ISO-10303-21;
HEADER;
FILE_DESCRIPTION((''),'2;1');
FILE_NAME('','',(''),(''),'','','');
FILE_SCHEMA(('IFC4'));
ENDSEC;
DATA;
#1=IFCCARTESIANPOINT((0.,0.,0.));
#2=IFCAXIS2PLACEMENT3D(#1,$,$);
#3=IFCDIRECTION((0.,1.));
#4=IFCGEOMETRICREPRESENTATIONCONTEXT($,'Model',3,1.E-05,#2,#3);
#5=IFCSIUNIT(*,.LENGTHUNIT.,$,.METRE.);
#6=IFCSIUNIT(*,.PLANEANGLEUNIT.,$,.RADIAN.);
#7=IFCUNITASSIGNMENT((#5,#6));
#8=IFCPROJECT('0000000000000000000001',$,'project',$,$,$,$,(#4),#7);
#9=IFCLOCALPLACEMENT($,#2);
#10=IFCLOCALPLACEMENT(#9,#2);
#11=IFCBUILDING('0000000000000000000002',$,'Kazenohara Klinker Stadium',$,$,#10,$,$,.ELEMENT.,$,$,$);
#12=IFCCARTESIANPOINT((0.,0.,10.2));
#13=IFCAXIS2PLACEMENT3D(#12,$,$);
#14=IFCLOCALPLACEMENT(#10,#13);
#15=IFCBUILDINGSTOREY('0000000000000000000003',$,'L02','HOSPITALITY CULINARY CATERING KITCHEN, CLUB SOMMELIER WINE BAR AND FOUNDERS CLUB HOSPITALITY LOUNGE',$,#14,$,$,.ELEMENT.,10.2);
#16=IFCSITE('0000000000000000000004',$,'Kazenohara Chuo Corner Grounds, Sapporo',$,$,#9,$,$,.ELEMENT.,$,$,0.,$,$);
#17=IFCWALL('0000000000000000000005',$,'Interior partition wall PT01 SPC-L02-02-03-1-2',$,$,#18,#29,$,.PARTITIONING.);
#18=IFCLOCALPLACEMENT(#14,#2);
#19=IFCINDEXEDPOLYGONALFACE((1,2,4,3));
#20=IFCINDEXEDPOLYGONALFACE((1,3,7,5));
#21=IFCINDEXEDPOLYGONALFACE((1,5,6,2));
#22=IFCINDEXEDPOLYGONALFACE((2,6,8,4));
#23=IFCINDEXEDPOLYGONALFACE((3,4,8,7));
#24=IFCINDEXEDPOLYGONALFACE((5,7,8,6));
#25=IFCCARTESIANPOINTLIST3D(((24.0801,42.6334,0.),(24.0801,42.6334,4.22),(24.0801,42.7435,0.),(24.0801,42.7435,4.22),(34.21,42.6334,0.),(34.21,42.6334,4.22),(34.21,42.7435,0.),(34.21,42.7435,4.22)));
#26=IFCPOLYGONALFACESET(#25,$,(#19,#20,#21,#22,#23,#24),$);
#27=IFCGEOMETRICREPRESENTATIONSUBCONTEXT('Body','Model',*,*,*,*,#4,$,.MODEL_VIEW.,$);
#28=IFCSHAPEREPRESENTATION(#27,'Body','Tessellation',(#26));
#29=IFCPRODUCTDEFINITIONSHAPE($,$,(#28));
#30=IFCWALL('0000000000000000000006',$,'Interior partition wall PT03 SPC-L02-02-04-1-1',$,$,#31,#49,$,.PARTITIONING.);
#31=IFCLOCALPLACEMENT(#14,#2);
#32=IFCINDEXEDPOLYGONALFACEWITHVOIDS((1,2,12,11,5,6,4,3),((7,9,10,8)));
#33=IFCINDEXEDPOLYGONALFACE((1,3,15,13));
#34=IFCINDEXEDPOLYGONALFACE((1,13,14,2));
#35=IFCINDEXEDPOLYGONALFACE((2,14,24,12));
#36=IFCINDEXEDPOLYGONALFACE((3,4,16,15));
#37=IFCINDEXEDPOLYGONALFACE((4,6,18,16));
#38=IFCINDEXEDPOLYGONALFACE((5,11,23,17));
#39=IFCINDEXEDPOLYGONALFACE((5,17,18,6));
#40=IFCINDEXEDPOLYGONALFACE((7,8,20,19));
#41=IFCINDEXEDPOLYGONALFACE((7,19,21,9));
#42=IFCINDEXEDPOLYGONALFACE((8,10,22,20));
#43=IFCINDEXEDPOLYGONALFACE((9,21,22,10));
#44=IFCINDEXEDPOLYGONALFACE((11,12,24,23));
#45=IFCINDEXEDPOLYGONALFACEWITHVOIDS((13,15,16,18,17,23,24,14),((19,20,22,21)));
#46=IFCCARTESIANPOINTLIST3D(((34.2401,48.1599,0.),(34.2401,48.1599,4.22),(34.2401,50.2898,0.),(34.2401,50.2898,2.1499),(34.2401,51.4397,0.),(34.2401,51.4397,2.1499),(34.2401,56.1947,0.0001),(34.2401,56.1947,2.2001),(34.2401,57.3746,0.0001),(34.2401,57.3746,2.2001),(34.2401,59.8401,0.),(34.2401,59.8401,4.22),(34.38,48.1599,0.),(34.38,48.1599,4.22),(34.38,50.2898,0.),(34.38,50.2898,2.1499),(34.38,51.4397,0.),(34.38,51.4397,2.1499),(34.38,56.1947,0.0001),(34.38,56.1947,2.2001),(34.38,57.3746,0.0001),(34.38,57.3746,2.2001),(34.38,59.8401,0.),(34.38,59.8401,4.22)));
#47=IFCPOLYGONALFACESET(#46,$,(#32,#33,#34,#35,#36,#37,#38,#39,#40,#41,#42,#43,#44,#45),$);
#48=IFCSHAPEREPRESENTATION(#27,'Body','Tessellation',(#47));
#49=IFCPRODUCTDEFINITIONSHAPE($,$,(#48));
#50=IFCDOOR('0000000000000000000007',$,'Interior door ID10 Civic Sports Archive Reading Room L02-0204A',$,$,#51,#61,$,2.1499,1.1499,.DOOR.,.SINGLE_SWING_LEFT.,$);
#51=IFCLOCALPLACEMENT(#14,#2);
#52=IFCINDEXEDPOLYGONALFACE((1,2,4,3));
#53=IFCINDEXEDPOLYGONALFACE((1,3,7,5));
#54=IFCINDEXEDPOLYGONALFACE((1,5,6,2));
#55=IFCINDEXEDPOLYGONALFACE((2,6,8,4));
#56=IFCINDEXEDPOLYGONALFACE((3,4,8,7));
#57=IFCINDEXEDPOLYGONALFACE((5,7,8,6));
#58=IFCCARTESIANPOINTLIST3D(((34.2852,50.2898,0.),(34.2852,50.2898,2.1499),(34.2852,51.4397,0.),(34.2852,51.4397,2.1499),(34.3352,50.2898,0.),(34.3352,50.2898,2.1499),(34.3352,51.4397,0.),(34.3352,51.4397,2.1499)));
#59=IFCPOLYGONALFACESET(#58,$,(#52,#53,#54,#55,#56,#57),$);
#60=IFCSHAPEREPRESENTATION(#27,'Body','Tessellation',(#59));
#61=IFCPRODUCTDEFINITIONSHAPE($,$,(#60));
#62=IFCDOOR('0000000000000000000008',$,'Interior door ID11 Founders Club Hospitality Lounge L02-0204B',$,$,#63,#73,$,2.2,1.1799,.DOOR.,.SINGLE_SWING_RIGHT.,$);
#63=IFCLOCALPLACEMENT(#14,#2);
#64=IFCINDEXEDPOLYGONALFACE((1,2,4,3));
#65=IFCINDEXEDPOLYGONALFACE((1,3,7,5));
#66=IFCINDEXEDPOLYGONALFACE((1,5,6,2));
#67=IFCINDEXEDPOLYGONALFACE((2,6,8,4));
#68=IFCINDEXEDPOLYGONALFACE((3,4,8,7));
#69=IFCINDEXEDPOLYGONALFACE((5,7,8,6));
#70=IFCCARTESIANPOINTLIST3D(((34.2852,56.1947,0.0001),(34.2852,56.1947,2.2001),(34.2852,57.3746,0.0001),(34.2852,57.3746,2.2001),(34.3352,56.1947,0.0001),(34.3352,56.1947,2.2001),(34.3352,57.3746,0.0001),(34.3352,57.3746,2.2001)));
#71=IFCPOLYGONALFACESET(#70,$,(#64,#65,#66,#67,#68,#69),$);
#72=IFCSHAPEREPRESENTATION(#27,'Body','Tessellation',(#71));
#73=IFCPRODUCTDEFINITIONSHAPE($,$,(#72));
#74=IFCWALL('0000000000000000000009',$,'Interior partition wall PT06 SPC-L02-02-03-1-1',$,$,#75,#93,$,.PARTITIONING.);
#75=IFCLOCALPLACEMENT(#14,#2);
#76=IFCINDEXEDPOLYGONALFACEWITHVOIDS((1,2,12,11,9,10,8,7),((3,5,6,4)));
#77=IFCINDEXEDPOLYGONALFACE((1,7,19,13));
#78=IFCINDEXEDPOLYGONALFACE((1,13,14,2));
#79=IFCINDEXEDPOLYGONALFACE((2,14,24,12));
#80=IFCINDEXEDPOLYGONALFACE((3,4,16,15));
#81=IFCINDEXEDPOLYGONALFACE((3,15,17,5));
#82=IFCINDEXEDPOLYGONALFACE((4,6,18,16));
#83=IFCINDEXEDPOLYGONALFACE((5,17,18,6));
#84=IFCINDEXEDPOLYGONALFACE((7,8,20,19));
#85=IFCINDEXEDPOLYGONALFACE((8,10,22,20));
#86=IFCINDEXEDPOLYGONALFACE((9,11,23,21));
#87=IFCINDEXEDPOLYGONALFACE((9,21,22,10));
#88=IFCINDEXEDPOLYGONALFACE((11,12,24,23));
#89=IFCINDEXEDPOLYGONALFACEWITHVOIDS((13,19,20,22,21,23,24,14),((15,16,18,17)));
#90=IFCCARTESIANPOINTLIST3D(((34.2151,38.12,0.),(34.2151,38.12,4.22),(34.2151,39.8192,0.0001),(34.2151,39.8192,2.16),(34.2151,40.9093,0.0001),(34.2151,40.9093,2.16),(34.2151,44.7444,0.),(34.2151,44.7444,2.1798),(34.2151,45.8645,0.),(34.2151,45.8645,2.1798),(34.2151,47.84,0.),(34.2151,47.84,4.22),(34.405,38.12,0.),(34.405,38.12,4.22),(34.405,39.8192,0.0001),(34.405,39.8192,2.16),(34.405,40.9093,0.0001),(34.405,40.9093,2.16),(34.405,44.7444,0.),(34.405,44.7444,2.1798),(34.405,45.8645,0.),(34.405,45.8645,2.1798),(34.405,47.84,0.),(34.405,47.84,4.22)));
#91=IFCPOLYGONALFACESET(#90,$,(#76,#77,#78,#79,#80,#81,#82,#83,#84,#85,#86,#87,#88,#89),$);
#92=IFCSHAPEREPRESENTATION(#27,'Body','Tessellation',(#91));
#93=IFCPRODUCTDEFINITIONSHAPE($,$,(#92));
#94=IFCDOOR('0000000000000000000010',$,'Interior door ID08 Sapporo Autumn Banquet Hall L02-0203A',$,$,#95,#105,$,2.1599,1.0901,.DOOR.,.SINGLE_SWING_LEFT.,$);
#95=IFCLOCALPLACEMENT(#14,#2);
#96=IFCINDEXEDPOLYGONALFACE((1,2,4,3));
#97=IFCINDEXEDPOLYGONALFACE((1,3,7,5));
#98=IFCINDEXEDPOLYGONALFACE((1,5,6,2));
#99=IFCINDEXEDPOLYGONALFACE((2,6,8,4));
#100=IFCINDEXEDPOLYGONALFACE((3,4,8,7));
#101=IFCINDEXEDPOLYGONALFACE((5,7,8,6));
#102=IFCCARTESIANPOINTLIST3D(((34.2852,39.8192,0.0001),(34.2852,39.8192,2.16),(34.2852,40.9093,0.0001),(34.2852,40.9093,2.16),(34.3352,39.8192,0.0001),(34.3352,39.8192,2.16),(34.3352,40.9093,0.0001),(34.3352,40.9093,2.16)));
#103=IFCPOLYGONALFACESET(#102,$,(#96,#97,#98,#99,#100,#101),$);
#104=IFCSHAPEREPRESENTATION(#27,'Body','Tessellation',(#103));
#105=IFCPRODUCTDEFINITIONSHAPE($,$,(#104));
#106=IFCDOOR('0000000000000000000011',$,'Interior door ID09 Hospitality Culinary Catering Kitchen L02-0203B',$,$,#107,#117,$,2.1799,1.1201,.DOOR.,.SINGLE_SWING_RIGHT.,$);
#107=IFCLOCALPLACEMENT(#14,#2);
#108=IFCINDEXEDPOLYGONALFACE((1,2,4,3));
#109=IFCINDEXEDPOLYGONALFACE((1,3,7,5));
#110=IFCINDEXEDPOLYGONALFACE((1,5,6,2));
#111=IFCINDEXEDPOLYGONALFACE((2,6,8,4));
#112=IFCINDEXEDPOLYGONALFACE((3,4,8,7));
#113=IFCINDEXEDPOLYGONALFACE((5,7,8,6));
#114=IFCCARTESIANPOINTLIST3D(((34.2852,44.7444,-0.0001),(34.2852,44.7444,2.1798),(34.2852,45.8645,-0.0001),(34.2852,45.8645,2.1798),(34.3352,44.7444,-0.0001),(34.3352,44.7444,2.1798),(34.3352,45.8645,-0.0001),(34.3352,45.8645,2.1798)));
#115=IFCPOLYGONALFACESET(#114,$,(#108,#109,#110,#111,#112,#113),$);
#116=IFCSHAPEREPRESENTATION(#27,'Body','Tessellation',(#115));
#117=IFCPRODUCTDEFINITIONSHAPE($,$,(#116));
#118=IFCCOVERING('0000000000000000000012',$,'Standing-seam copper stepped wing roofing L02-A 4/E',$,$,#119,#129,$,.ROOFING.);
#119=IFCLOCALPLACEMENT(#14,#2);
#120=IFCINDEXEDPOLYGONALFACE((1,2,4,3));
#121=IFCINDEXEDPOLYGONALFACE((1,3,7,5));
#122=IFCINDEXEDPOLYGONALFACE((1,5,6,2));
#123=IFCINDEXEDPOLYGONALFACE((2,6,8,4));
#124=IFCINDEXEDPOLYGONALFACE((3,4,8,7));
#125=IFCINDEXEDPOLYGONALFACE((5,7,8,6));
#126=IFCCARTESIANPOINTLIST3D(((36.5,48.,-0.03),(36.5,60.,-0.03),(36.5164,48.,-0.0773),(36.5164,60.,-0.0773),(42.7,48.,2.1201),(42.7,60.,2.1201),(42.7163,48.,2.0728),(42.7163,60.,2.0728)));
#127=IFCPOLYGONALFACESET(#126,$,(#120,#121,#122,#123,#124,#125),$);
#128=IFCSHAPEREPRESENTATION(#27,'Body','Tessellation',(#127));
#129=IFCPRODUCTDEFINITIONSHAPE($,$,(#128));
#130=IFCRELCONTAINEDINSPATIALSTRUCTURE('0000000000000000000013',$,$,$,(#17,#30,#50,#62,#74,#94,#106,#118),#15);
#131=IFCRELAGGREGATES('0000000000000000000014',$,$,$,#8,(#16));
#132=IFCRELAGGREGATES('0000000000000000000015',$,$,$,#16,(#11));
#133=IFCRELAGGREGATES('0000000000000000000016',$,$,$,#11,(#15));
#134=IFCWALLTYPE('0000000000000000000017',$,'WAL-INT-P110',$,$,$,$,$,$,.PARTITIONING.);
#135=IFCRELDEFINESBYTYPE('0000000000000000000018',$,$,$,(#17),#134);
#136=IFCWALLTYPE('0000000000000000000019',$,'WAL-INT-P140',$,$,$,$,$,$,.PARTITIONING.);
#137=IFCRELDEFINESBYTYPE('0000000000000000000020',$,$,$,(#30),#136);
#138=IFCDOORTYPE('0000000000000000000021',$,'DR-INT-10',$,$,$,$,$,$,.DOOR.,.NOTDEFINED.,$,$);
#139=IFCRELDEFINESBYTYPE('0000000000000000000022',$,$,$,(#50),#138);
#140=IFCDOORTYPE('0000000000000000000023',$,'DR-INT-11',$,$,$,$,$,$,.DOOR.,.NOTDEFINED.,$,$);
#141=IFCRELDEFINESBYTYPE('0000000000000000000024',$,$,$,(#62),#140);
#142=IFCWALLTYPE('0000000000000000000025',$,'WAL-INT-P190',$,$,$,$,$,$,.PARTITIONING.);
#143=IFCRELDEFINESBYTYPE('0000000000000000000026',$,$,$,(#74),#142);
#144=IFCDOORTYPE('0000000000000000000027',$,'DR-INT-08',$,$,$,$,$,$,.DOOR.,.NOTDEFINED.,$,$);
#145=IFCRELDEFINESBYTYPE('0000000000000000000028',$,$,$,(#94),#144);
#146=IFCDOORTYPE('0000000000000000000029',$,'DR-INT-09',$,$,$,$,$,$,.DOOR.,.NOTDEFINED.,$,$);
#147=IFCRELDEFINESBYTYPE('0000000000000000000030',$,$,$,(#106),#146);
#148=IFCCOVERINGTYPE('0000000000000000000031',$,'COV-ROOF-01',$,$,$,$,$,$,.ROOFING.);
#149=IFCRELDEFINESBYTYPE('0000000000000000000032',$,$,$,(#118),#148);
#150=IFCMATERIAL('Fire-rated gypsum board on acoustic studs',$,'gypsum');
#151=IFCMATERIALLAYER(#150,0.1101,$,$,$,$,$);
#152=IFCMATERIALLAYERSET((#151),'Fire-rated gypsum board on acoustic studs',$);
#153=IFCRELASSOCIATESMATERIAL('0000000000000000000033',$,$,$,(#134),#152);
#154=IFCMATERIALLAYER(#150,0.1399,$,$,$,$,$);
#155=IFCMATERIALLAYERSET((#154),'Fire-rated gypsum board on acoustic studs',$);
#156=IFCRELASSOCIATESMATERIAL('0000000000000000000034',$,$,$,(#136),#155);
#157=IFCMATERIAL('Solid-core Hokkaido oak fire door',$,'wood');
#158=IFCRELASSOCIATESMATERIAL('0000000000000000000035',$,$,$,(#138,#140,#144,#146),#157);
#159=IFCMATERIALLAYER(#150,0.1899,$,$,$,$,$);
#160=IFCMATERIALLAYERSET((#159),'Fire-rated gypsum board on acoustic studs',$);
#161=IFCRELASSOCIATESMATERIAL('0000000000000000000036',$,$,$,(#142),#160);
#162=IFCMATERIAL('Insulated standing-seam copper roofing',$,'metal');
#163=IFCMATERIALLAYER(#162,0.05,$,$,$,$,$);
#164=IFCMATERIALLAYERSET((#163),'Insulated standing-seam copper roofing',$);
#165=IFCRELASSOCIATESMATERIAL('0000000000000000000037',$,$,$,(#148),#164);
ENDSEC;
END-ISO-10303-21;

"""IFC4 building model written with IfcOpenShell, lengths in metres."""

from ifc_helpers import new_model, si_unit, direction, frame, frame_2d, origin, place, context, subcontext, project, spatial, polyline, rectangle, outline, extrude, material, layer, layer_set, type_object, element, fill, save


model = new_model("IFC4")

# Units and contexts
model_context = context("Model", 3, precision=1e-05, world=origin(), true_north=direction((0.0, 1.0)))
body_context = subcontext(model_context, "Body", "Model", "MODEL_VIEW")
ifc_project = project(units=[si_unit("LENGTHUNIT", "METRE"), si_unit("PLANEANGLEUNIT", "RADIAN")], contexts=[model_context])

# Site, building, storey
site_placement = place(None, origin())
site = spatial("IfcSite", under=ifc_project, at=site_placement, Name="Kazenohara Chuo Corner Grounds, Sapporo", CompositionType="ELEMENT", RefElevation=0.0)
building_placement = place(site_placement, origin())
building = spatial("IfcBuilding", under=site, at=building_placement, Name="Kazenohara Klinker Stadium", CompositionType="ELEMENT")
storey_placement = place(building_placement, frame((0.0, 0.0, 10.2)))
storey = spatial("IfcBuildingStorey", under=building, at=storey_placement, Name="L02", Description="HOSPITALITY CULINARY CATERING KITCHEN, CLUB SOMMELIER WINE BAR AND FOUNDERS CLUB HOSPITALITY LOUNGE", CompositionType="ELEMENT", Elevation=10.2)

# Wall
ifc_material_1 = material(Name="Fire-rated gypsum board on acoustic studs", Category="gypsum")
ifc_layer_1 = layer(ifc_material_1, 0.1101)
ifc_layer_set_1 = layer_set([ifc_layer_1], Name="Fire-rated gypsum board on acoustic studs")
wall_type_1 = type_object("IfcWallType", Name="WAL-INT-P110", PredefinedType="PARTITIONING", material=ifc_layer_set_1)
wall_1_placement = place(storey_placement, frame((24.0801, 42.6885, 0.0), z_axis=(0.0, 0.0, 1.0), x_axis=(1.0, 0.0, 0.0)))
element("IfcWall", 1, at=wall_1_placement, inside=storey, type_object=wall_type_1, Name="Interior partition wall PT01 SPC-L02-02-03-1-2", PredefinedType="PARTITIONING", context=body_context, shape_type="SweptSolid", body=[
    extrude(rectangle(XDim=10.1299, YDim=0.1101, at=frame_2d((5.0649, 0.0))), origin(), (0.0, 0.0, 1.0), 4.22),
])

# Walls, openings, doors
ifc_layer_2 = layer(ifc_material_1, 0.1399)
ifc_layer_set_2 = layer_set([ifc_layer_2], Name="Fire-rated gypsum board on acoustic studs")
wall_type_2 = type_object("IfcWallType", Name="WAL-INT-P140", PredefinedType="PARTITIONING", material=ifc_layer_set_2)
wall_2_placement = place(storey_placement, frame((34.3101, 48.1599, 0.0), z_axis=(0.0, 0.0, 1.0), x_axis=(0.0, 1.0, 0.0)))
wall_2 = element("IfcWall", 2, at=wall_2_placement, inside=storey, type_object=wall_type_2, Name="Interior partition wall PT03 SPC-L02-02-04-1-1", PredefinedType="PARTITIONING", context=body_context, shape_type="SweptSolid", body=[
    extrude(rectangle(XDim=11.6802, YDim=0.1399, at=frame_2d((5.8401, 0.0))), origin(), (0.0, 0.0, 1.0), 4.22),
])
opening_1_placement = place(wall_2_placement, frame((2.1299, 0.0, 0.0)))
opening_1 = element("IfcOpeningElement", 3, at=opening_1_placement, cuts=wall_2, PredefinedType="OPENING", context=body_context, shape_type="SweptSolid", body=[
    extrude(rectangle(XDim=1.1499, YDim=2.1499, at=frame_2d((0.575, 1.075))), frame((0.0, 0.0801, 0.0), z_axis=(0.0, -1.0, 0.0), x_axis=(1.0, 0.0, 0.0)), (0.0, 0.0, 1.0), 0.1599),
])
opening_2_placement = place(wall_2_placement, frame((8.0349, 0.0, 0.0)))
opening_2 = element("IfcOpeningElement", 4, at=opening_2_placement, cuts=wall_2, PredefinedType="OPENING", context=body_context, shape_type="SweptSolid", body=[
    extrude(rectangle(XDim=1.1799, YDim=2.2, at=frame_2d((0.5898, 1.1001))), frame((0.0, 0.0801, 0.0), z_axis=(0.0, -1.0, 0.0), x_axis=(1.0, 0.0, 0.0)), (0.0, 0.0, 1.0), 0.1599),
])
ifc_material_2 = material(Name="Solid-core Hokkaido oak fire door", Category="wood")
door_type_1 = type_object("IfcDoorType", Name="DR-INT-10", OperationType="NOTDEFINED", PredefinedType="DOOR", material=ifc_material_2)
door_1_placement = place(opening_1_placement, origin())
door_1 = element("IfcDoor", 5, at=door_1_placement, inside=storey, type_object=door_type_1, Name="Interior door ID10 Civic Sports Archive Reading Room L02-0204A", OperationType="SINGLE_SWING_LEFT", OverallHeight=2.1499, OverallWidth=1.1499, PredefinedType="DOOR", context=body_context, shape_type="SweptSolid", body=[
    extrude(rectangle(XDim=1.1499, YDim=2.1499, at=frame_2d((0.575, 1.075))), frame((0.0, 0.0249, 0.0), z_axis=(0.0, -1.0, 0.0), x_axis=(1.0, 0.0, 0.0)), (0.0, 0.0, 1.0), 0.05),
])
fill(opening_1, door_1)
door_type_2 = type_object("IfcDoorType", Name="DR-INT-11", OperationType="NOTDEFINED", PredefinedType="DOOR", material=ifc_material_2)
door_2_placement = place(opening_2_placement, origin())
door_2 = element("IfcDoor", 6, at=door_2_placement, inside=storey, type_object=door_type_2, Name="Interior door ID11 Founders Club Hospitality Lounge L02-0204B", OperationType="SINGLE_SWING_RIGHT", OverallHeight=2.2, OverallWidth=1.1799, PredefinedType="DOOR", context=body_context, shape_type="SweptSolid", body=[
    extrude(rectangle(XDim=1.1799, YDim=2.2, at=frame_2d((0.5898, 1.1001))), frame((0.0, 0.0249, 0.0), z_axis=(0.0, -1.0, 0.0), x_axis=(1.0, 0.0, 0.0)), (0.0, 0.0, 1.0), 0.05),
])
fill(opening_2, door_2)
ifc_layer_3 = layer(ifc_material_1, 0.1899)
ifc_layer_set_3 = layer_set([ifc_layer_3], Name="Fire-rated gypsum board on acoustic studs")
wall_type_3 = type_object("IfcWallType", Name="WAL-INT-P190", PredefinedType="PARTITIONING", material=ifc_layer_set_3)
wall_3_placement = place(storey_placement, frame((34.3101, 38.1201, 0.0), z_axis=(0.0, 0.0, 1.0), x_axis=(0.0, 1.0, 0.0)))
wall_3 = element("IfcWall", 7, at=wall_3_placement, inside=storey, type_object=wall_type_3, Name="Interior partition wall PT06 SPC-L02-02-03-1-1", PredefinedType="PARTITIONING", context=body_context, shape_type="SweptSolid", body=[
    extrude(rectangle(XDim=9.72, YDim=0.1899, at=frame_2d((4.8599, 0.0))), origin(), (0.0, 0.0, 1.0), 4.22),
])
opening_3_placement = place(wall_3_placement, frame((1.6992, 0.0, 0.0)))
opening_3 = element("IfcOpeningElement", 8, at=opening_3_placement, cuts=wall_3, PredefinedType="OPENING", context=body_context, shape_type="SweptSolid", body=[
    extrude(rectangle(XDim=1.0901, YDim=2.1599, at=frame_2d((0.5449, 1.0801))), frame((0.0, 0.105, 0.0), z_axis=(0.0, -1.0, 0.0), x_axis=(1.0, 0.0, 0.0)), (0.0, 0.0, 1.0), 0.21),
])
opening_4_placement = place(wall_3_placement, frame((6.6243, 0.0, 0.0)))
opening_4 = element("IfcOpeningElement", 9, at=opening_4_placement, cuts=wall_3, PredefinedType="OPENING", context=body_context, shape_type="SweptSolid", body=[
    extrude(rectangle(XDim=1.1201, YDim=2.1799, at=frame_2d((0.5601, 1.0898))), frame((0.0, 0.105, 0.0), z_axis=(0.0, -1.0, 0.0), x_axis=(1.0, 0.0, 0.0)), (0.0, 0.0, 1.0), 0.21),
])
door_type_3 = type_object("IfcDoorType", Name="DR-INT-08", OperationType="NOTDEFINED", PredefinedType="DOOR", material=ifc_material_2)
door_3_placement = place(opening_3_placement, origin())
door_3 = element("IfcDoor", 10, at=door_3_placement, inside=storey, type_object=door_type_3, Name="Interior door ID08 Sapporo Autumn Banquet Hall L02-0203A", OperationType="SINGLE_SWING_LEFT", OverallHeight=2.1599, OverallWidth=1.0901, PredefinedType="DOOR", context=body_context, shape_type="SweptSolid", body=[
    extrude(rectangle(XDim=1.0901, YDim=2.1599, at=frame_2d((0.5449, 1.0801))), frame((0.0, 0.0249, 0.0), z_axis=(0.0, -1.0, 0.0), x_axis=(1.0, 0.0, 0.0)), (0.0, 0.0, 1.0), 0.05),
])
fill(opening_3, door_3)
door_type_4 = type_object("IfcDoorType", Name="DR-INT-09", OperationType="NOTDEFINED", PredefinedType="DOOR", material=ifc_material_2)
door_4_placement = place(opening_4_placement, origin())
door_4 = element("IfcDoor", 11, at=door_4_placement, inside=storey, type_object=door_type_4, Name="Interior door ID09 Hospitality Culinary Catering Kitchen L02-0203B", OperationType="SINGLE_SWING_RIGHT", OverallHeight=2.1799, OverallWidth=1.1201, PredefinedType="DOOR", context=body_context, shape_type="SweptSolid", body=[
    extrude(rectangle(XDim=1.1201, YDim=2.1799, at=frame_2d((0.5601, 1.0898))), frame((0.0, 0.0249, 0.0), z_axis=(0.0, -1.0, 0.0), x_axis=(1.0, 0.0, 0.0)), (0.0, 0.0, 1.0), 0.05),
])
fill(opening_4, door_4)

# Covering
ifc_material_3 = material(Name="Insulated standing-seam copper roofing", Category="metal")
ifc_layer_4 = layer(ifc_material_3, 0.05)
ifc_layer_set_4 = layer_set([ifc_layer_4], Name="Insulated standing-seam copper roofing")
covering_type = type_object("IfcCoveringType", Name="COV-ROOF-01", PredefinedType="ROOFING", material=ifc_layer_set_4)
covering_placement = place(storey_placement, frame((36.5, 48.0, -0.03), z_axis=(-0.327656, 0.0, 0.944797), x_axis=(0.944797, 0.0, 0.327656)))
element("IfcCovering", 12, at=covering_placement, inside=storey, type_object=covering_type, Name="Standing-seam copper stepped wing roofing L02-A 4/E", PredefinedType="ROOFING", context=body_context, shape_type="SweptSolid", body=[
    extrude(outline(polyline([(0.0, 0.0), (6.5622, 0.0), (6.5622, 12.0), (0.0, 12.0), (0.0, 0.0)])), origin(), (0.0, 0.0, -1.0), 0.05),
])

save(model, "model.ifc")
